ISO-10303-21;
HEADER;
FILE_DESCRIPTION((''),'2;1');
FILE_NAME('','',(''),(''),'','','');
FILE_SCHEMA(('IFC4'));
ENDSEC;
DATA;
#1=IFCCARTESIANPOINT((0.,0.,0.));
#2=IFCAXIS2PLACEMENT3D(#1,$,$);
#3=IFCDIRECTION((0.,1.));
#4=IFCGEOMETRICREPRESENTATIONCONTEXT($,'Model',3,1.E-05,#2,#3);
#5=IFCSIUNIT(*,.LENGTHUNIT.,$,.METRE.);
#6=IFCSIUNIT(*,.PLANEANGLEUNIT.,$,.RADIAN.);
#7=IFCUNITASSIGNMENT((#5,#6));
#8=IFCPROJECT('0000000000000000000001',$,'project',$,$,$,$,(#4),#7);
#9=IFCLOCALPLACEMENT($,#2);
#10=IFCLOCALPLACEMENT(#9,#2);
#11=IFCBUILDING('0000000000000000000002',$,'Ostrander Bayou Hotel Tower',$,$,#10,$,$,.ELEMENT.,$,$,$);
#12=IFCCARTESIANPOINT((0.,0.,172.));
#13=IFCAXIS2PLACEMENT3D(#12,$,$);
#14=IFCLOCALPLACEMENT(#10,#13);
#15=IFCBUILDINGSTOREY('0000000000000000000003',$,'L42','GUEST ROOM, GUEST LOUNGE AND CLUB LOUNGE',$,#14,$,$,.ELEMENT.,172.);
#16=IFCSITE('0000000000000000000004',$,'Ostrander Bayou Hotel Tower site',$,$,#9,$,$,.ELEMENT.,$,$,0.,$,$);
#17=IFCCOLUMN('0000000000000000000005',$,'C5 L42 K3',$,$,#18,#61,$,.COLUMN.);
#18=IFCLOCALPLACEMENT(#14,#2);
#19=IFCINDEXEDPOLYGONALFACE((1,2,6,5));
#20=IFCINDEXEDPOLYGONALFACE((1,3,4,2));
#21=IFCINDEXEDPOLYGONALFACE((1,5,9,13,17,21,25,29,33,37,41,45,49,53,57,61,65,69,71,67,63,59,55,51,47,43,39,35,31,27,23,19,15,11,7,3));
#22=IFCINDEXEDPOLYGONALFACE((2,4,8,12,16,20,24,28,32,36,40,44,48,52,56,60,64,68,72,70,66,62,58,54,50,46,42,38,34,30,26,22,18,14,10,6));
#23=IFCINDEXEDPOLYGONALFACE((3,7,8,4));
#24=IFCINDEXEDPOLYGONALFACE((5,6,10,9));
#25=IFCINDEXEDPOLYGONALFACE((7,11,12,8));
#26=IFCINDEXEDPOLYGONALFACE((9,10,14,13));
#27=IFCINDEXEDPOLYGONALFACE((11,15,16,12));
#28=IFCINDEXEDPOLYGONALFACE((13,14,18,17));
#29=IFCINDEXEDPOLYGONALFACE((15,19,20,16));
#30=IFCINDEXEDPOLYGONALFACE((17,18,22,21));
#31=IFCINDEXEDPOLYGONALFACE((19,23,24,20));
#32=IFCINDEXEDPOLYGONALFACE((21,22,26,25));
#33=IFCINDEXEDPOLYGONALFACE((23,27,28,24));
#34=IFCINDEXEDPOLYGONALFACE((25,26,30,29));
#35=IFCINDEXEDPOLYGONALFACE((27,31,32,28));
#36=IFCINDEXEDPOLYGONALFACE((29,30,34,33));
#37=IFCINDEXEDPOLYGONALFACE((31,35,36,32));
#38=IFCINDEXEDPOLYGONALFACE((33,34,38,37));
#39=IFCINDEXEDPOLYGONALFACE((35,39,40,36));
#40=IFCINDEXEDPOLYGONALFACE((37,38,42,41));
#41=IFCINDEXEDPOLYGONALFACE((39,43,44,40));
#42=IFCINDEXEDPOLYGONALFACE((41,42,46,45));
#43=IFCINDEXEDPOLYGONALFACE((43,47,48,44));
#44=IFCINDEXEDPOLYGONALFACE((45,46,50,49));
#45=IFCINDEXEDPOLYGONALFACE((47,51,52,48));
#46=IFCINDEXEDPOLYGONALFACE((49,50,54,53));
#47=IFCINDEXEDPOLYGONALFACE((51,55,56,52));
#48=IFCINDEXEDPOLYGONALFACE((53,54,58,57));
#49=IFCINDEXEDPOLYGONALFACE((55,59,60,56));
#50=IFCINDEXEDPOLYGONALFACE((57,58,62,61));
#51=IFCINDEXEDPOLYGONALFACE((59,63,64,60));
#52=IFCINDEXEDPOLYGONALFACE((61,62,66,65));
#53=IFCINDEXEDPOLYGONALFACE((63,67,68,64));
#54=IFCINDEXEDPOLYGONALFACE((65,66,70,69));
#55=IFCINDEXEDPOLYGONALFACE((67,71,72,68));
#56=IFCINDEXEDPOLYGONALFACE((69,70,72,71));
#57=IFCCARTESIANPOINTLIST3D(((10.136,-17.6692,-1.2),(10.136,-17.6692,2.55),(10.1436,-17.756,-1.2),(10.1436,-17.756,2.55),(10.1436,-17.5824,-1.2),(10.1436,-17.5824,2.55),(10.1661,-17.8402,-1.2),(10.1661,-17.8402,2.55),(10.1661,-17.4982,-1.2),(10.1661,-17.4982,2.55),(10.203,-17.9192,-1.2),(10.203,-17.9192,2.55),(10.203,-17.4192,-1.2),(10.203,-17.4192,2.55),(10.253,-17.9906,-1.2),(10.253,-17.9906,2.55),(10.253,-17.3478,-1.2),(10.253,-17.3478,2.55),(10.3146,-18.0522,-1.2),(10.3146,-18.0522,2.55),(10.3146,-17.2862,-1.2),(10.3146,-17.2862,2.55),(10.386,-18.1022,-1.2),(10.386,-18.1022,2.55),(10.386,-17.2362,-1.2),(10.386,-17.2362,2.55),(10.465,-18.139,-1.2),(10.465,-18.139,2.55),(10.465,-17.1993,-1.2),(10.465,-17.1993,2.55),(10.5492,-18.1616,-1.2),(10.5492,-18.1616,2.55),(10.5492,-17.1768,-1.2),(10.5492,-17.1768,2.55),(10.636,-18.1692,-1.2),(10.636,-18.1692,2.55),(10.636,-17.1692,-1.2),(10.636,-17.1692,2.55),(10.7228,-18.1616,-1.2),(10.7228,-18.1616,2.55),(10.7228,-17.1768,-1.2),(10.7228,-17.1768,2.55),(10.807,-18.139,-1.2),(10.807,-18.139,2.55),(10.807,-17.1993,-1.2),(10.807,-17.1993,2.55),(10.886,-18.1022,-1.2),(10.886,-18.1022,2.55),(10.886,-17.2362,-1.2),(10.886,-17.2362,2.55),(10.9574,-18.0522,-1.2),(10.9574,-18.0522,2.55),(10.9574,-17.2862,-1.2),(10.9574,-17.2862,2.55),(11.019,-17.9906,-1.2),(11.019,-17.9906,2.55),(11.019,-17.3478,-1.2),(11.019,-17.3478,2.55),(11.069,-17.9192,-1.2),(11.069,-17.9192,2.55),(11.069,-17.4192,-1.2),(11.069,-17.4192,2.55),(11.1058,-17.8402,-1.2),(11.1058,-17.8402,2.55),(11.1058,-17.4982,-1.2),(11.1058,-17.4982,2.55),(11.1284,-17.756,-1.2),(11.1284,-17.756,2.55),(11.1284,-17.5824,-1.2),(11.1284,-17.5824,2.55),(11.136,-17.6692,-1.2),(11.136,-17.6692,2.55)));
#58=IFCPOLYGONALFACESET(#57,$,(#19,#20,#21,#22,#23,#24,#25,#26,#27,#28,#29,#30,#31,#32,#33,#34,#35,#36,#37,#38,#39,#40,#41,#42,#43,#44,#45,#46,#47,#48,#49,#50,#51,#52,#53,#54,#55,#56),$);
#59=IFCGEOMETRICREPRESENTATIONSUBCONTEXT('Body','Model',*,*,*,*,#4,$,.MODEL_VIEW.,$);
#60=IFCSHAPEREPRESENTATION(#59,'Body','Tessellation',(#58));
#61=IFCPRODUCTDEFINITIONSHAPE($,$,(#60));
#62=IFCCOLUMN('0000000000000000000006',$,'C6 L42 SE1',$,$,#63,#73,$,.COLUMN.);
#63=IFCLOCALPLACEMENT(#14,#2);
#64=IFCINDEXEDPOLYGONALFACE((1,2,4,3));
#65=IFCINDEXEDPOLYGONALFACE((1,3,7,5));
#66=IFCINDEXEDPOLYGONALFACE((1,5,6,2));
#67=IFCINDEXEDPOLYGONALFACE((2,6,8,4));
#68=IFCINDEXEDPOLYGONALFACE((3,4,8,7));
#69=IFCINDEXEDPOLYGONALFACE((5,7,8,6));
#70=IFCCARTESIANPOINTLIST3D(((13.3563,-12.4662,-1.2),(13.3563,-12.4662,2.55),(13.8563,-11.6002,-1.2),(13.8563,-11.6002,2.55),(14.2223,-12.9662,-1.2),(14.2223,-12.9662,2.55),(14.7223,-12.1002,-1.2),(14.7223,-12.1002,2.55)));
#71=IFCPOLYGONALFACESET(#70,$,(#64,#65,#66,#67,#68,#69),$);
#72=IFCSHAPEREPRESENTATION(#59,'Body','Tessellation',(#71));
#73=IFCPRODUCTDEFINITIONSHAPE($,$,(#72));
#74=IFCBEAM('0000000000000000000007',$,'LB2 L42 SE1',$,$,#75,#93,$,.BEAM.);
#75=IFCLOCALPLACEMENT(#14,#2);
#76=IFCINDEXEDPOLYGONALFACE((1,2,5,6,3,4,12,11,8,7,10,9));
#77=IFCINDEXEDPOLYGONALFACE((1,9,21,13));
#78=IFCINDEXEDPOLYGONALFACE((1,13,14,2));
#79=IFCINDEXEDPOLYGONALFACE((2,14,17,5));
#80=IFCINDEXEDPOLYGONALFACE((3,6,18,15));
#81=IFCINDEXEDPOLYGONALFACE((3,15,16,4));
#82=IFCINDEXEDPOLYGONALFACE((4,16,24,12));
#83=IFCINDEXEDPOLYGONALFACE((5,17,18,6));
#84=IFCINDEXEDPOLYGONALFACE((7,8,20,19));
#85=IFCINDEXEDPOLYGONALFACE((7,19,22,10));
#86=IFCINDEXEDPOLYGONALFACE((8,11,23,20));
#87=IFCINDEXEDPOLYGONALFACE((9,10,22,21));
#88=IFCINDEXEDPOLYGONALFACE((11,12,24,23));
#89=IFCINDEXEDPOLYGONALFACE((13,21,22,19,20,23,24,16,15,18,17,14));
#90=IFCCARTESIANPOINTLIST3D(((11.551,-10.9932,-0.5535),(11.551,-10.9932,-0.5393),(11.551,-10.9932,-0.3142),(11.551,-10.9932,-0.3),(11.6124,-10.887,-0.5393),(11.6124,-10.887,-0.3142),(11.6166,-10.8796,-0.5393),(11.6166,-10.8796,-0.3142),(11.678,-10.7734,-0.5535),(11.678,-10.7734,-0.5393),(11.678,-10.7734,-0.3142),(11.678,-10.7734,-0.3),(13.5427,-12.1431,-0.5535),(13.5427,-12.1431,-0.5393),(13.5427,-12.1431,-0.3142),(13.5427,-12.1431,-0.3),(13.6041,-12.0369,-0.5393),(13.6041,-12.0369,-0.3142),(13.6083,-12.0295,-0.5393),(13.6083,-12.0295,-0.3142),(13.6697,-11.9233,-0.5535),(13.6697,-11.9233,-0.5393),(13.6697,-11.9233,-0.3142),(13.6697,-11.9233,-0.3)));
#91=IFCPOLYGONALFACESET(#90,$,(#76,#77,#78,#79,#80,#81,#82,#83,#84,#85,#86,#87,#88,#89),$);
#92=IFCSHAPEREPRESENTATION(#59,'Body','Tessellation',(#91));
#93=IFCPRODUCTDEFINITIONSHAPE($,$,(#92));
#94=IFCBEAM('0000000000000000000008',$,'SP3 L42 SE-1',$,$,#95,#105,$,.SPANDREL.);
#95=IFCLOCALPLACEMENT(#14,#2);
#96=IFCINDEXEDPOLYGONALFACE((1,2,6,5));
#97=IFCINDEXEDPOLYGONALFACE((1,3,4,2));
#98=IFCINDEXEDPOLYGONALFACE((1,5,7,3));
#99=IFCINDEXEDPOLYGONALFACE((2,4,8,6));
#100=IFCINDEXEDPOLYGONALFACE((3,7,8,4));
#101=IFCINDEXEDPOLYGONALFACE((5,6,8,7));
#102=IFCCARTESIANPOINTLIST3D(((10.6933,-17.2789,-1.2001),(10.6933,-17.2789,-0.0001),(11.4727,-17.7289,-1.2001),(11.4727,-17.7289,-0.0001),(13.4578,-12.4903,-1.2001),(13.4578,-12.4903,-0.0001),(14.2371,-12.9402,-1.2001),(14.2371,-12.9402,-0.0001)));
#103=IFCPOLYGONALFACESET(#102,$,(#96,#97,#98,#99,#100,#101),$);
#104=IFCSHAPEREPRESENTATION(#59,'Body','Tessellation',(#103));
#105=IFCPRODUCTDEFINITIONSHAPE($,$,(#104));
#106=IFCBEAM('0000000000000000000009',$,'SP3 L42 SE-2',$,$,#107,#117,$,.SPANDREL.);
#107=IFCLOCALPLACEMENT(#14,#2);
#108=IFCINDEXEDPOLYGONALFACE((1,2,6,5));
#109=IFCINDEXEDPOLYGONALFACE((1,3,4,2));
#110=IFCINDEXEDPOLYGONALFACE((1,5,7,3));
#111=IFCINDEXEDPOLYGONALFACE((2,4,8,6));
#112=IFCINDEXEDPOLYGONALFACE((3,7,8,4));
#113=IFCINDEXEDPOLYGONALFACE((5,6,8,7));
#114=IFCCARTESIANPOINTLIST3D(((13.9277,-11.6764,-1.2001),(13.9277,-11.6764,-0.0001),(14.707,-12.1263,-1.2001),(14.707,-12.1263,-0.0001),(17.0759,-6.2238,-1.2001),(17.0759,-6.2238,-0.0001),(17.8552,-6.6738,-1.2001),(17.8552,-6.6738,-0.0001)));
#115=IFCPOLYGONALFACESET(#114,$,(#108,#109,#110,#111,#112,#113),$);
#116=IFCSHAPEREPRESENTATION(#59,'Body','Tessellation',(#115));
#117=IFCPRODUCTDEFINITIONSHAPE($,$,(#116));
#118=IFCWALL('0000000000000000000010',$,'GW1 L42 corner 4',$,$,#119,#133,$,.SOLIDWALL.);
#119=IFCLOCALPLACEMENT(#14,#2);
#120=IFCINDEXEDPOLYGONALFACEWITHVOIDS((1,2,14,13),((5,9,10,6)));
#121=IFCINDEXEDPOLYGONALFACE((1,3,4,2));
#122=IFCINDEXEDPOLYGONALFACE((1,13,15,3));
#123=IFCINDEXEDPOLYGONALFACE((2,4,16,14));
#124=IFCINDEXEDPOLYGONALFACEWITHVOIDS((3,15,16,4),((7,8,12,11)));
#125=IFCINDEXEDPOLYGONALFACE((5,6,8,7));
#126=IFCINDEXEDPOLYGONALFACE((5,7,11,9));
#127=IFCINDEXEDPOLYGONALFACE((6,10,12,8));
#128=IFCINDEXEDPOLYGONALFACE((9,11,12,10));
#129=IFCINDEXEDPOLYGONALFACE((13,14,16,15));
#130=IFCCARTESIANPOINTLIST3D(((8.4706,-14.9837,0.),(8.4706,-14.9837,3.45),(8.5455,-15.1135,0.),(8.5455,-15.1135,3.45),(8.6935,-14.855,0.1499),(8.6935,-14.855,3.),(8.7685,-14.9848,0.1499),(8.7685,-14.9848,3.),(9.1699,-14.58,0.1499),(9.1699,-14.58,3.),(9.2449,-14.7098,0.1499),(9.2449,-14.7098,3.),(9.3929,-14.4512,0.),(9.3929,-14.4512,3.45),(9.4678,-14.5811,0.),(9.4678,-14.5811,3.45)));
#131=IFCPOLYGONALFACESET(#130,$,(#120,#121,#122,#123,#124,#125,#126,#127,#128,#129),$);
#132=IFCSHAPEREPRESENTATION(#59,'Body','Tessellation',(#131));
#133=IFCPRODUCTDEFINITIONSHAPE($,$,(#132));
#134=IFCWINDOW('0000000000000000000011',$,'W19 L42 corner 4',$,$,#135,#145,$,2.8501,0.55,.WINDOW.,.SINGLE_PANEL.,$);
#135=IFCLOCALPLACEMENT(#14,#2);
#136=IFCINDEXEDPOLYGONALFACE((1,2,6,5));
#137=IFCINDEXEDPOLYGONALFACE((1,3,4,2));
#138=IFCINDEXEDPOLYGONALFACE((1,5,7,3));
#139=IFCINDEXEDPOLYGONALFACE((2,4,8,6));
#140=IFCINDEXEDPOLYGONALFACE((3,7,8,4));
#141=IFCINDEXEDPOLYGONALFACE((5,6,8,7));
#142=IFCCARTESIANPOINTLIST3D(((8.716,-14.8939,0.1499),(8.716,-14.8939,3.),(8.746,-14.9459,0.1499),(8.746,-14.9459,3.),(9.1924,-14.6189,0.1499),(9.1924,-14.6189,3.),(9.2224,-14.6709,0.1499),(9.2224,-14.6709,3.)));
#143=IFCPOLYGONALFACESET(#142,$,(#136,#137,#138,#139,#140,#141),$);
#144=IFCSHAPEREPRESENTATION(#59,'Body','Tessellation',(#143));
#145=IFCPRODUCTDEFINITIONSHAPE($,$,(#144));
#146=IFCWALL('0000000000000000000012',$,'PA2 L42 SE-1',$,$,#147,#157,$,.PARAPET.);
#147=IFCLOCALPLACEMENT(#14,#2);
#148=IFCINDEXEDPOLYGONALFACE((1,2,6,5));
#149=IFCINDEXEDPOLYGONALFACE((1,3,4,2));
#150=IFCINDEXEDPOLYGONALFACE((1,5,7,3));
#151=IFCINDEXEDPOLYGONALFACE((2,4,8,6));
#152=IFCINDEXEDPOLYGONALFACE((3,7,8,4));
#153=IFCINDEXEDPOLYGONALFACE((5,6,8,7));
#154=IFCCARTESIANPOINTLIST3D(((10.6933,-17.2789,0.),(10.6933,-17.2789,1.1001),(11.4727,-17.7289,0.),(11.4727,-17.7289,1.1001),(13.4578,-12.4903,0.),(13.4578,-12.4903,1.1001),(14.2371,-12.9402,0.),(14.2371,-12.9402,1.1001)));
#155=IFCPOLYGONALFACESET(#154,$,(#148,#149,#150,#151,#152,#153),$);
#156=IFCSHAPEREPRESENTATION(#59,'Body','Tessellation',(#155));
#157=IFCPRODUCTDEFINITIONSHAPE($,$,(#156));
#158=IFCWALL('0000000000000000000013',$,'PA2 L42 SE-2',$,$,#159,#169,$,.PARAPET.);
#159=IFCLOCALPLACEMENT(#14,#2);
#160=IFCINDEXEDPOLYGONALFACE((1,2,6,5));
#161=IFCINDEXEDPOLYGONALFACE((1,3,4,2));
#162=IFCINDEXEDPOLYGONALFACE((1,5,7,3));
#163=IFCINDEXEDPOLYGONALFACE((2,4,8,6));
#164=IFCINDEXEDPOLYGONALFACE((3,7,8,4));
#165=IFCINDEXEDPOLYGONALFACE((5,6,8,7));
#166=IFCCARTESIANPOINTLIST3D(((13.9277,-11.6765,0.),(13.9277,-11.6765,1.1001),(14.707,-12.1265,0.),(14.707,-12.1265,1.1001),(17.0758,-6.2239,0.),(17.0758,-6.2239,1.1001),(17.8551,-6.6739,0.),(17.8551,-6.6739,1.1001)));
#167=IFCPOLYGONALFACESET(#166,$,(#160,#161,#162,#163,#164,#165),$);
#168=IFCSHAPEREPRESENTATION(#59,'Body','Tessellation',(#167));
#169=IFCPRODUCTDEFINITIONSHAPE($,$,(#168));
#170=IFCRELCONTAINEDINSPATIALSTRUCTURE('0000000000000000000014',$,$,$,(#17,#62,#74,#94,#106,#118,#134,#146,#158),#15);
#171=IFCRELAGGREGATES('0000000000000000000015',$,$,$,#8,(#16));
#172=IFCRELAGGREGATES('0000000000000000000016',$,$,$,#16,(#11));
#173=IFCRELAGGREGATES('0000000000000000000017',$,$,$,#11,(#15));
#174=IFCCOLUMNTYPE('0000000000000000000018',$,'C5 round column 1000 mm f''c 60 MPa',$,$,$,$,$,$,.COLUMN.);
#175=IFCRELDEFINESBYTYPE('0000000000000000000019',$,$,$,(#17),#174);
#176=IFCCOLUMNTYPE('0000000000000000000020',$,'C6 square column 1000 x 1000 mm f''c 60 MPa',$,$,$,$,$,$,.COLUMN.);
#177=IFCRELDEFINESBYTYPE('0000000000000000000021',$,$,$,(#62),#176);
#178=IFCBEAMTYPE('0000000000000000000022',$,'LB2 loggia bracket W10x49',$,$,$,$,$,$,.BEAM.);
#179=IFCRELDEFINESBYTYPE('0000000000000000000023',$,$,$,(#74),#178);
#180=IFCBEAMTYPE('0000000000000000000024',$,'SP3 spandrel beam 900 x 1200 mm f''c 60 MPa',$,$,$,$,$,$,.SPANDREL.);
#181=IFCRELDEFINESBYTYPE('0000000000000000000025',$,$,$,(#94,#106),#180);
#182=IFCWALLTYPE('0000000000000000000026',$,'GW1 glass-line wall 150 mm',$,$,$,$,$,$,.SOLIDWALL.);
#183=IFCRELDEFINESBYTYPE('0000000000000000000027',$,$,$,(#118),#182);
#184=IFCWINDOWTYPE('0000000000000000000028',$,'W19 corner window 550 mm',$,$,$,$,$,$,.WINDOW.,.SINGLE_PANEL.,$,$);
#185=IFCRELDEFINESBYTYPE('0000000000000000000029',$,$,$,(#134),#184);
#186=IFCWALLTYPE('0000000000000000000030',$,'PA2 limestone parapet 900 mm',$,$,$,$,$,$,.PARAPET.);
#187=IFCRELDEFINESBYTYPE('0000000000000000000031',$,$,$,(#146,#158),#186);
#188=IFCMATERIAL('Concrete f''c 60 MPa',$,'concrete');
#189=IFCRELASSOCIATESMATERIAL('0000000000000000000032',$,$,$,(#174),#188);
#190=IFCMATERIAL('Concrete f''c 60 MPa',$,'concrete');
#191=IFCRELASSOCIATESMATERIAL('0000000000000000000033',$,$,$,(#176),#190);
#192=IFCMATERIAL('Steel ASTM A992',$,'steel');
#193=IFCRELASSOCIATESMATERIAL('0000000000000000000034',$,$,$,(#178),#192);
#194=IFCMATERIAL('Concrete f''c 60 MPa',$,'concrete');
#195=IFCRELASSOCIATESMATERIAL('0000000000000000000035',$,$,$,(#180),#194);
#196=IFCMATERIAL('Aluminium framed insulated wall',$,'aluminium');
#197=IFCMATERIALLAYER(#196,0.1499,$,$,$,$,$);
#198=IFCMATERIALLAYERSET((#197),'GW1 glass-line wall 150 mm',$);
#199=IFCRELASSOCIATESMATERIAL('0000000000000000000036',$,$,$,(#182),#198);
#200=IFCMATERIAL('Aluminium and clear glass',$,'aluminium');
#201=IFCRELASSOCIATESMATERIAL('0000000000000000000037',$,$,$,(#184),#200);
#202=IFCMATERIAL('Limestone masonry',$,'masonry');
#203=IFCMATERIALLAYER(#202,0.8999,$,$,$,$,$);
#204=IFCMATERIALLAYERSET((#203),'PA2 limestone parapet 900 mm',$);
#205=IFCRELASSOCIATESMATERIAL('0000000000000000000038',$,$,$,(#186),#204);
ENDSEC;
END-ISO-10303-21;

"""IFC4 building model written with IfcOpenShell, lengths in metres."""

from ifc_helpers import new_model, si_unit, direction, frame, frame_2d, origin, origin_2d, place, context, subcontext, project, spatial, rectangle, circle, i_section, extrude, material, layer, layer_set, material_profile, profile_set, type_object, element, fill, save


model = new_model("IFC4")

# Units and contexts
model_context = context("Model", 3, precision=1e-05, world=origin(), true_north=direction((0.0, 1.0)))
body_context = subcontext(model_context, "Body", "Model", "MODEL_VIEW")
ifc_project = project(units=[si_unit("LENGTHUNIT", "METRE"), si_unit("PLANEANGLEUNIT", "RADIAN")], contexts=[model_context])

# Site, building, storey
site_placement = place(None, origin())
site = spatial("IfcSite", under=ifc_project, at=site_placement, Name="Ostrander Bayou Hotel Tower site", CompositionType="ELEMENT", RefElevation=0.0)
building_placement = place(site_placement, origin())
building = spatial("IfcBuilding", under=site, at=building_placement, Name="Ostrander Bayou Hotel Tower", CompositionType="ELEMENT")
storey_placement = place(building_placement, frame((0.0, 0.0, 172.0)))
storey = spatial("IfcBuildingStorey", under=building, at=storey_placement, Name="L42", Description="GUEST ROOM, GUEST LOUNGE AND CLUB LOUNGE", CompositionType="ELEMENT", Elevation=172.0)

# Columns
ifc_material_1 = material(Name="Concrete f'c 60 MPa", Category="concrete")
ifc_material_profile_1 = material_profile(ifc_material_1, circle(Radius=0.5, at=origin_2d()))
ifc_profile_set_1 = profile_set([ifc_material_profile_1], Name="Concrete f'c 60 MPa")
column_type_1 = type_object("IfcColumnType", Name="C5 round column 1000 mm f'c 60 MPa", PredefinedType="COLUMN", material=ifc_profile_set_1)
column_1_placement = place(storey_placement, frame((10.636, -17.6692, -1.2), z_axis=(0.0, 0.0, 1.0), x_axis=(1.0, 0.0, 0.0)))
element("IfcColumn", 1, at=column_1_placement, inside=storey, type_object=column_type_1, Name="C5 L42 K3", PredefinedType="COLUMN", context=body_context, shape_type="SweptSolid", body=[
    extrude(circle(Radius=0.5, at=origin_2d()), origin(), (0.0, 0.0, 1.0), 3.75),
])
ifc_material_2 = material(Name="Concrete f'c 60 MPa", Category="concrete")
ifc_material_profile_2 = material_profile(ifc_material_2, rectangle(XDim=1.0, YDim=1.0, at=origin_2d()))
ifc_profile_set_2 = profile_set([ifc_material_profile_2], Name="Concrete f'c 60 MPa")
column_type_2 = type_object("IfcColumnType", Name="C6 square column 1000 x 1000 mm f'c 60 MPa", PredefinedType="COLUMN", material=ifc_profile_set_2)
column_2_placement = place(storey_placement, frame((14.0393, -12.2832, -1.2), z_axis=(0.0, 0.0, 1.0), x_axis=(-0.5, -0.866025, 0.0)))
element("IfcColumn", 2, at=column_2_placement, inside=storey, type_object=column_type_2, Name="C6 L42 SE1", PredefinedType="COLUMN", context=body_context, shape_type="SweptSolid", body=[
    extrude(rectangle(XDim=1.0, YDim=1.0, at=origin_2d()), origin(), (0.0, 0.0, 1.0), 3.75),
])

# Beams
ifc_material_3 = material(Name="Steel ASTM A992", Category="steel")
ifc_material_profile_3 = material_profile(ifc_material_3, i_section(OverallWidth=0.2539, OverallDepth=0.2534, WebThickness=0.0085, FlangeThickness=0.0142, at=origin_2d()))
ifc_profile_set_3 = profile_set([ifc_material_profile_3], Name="Steel ASTM A992")
beam_type_1 = type_object("IfcBeamType", Name="LB2 loggia bracket W10x49", PredefinedType="BEAM", material=ifc_profile_set_3)
beam_1_placement = place(storey_placement, frame((13.6062, -12.0332, -0.4268), z_axis=(-0.866026, 0.499998, 0.0), x_axis=(-0.499998, -0.866026, 0.0)))
element("IfcBeam", 3, at=beam_1_placement, inside=storey, type_object=beam_type_1, Name="LB2 L42 SE1", PredefinedType="BEAM", context=body_context, shape_type="SweptSolid", body=[
    extrude(i_section(OverallWidth=0.2539, OverallDepth=0.2534, WebThickness=0.0085, FlangeThickness=0.0142, at=origin_2d()), origin(), (0.0, 0.0, 1.0), 2.2998),
])
ifc_material_4 = material(Name="Concrete f'c 60 MPa", Category="concrete")
ifc_material_profile_4 = material_profile(ifc_material_4, rectangle(XDim=0.8999, YDim=1.2, at=origin_2d()))
ifc_profile_set_4 = profile_set([ifc_material_profile_4], Name="Concrete f'c 60 MPa")
beam_type_2 = type_object("IfcBeamType", Name="SP3 spandrel beam 900 x 1200 mm f'c 60 MPa", PredefinedType="SPANDREL", material=ifc_profile_set_4)
beam_2_placement = place(storey_placement, frame((11.083, -17.5039, -0.6001), z_axis=(0.499962, 0.866047, 0.0), x_axis=(-0.866047, 0.499962, 0.0)))
element("IfcBeam", 4, at=beam_2_placement, inside=storey, type_object=beam_type_2, Name="SP3 L42 SE-1", PredefinedType="SPANDREL", context=body_context, shape_type="SweptSolid", body=[
    extrude(rectangle(XDim=0.8999, YDim=1.2, at=origin_2d()), origin(), (0.0, 0.0, 1.0), 5.5293),
])
beam_3_placement = place(storey_placement, frame((14.3174, -11.9014, -0.6001), z_axis=(0.500013, 0.866018, 0.0), x_axis=(-0.866018, 0.500013, 0.0)))
element("IfcBeam", 5, at=beam_3_placement, inside=storey, type_object=beam_type_2, Name="SP3 L42 SE-2", PredefinedType="SPANDREL", context=body_context, shape_type="SweptSolid", body=[
    extrude(rectangle(XDim=0.8999, YDim=1.2, at=origin_2d()), origin(), (0.0, 0.0, 1.0), 6.2961),
])

# Shared definitions
ifc_material_5 = material(Name="Aluminium framed insulated wall", Category="aluminium")
ifc_layer_1 = layer(ifc_material_5, 0.1499)
ifc_layer_set_1 = layer_set([ifc_layer_1], Name="GW1 glass-line wall 150 mm")
wall_type_1 = type_object("IfcWallType", Name="GW1 glass-line wall 150 mm", PredefinedType="SOLIDWALL", material=ifc_layer_set_1)

# Wall, opening, window
wall_1_placement = place(storey_placement, frame((8.5081, -15.0486, 0.0), z_axis=(0.0, 0.0, 1.0), x_axis=(0.866048, 0.499961, 0.0)))
wall_1 = element("IfcWall", 6, at=wall_1_placement, inside=storey, type_object=wall_type_1, Name="GW1 L42 corner 4", PredefinedType="SOLIDWALL", context=body_context, shape_type="SweptSolid", body=[
    extrude(rectangle(XDim=1.0649, YDim=0.1499, at=frame_2d((0.5325, 0.0))), origin(), (0.0, 0.0, 1.0), 3.45),
])
opening_1_placement = place(wall_1_placement, frame((0.2576, 0.0, 0.1499)))
opening_1 = element("IfcOpeningElement", 7, at=opening_1_placement, cuts=wall_1, PredefinedType="OPENING", context=body_context, shape_type="SweptSolid", body=[
    extrude(rectangle(XDim=0.55, YDim=2.8501, at=frame_2d((0.2749, 1.425))), frame((0.0, 0.075, 0.0), z_axis=(0.0, -1.0, 0.0), x_axis=(1.0, 0.0, 0.0)), (0.0, 0.0, 1.0), 0.1499),
])
ifc_material_6 = material(Name="Aluminium and clear glass", Category="aluminium")
window_type_1 = type_object("IfcWindowType", Name="W19 corner window 550 mm", PartitioningType="SINGLE_PANEL", PredefinedType="WINDOW", material=ifc_material_6)
window_1_placement = place(opening_1_placement, origin())
window_1 = element("IfcWindow", 8, at=window_1_placement, inside=storey, type_object=window_type_1, Name="W19 L42 corner 4", OverallHeight=2.8501, OverallWidth=0.55, PartitioningType="SINGLE_PANEL", PredefinedType="WINDOW", context=body_context, shape_type="SweptSolid", body=[
    extrude(rectangle(XDim=0.55, YDim=2.8501, at=frame_2d((0.2749, 1.425))), frame((0.0, 0.03, 0.0), z_axis=(0.0, -1.0, 0.0), x_axis=(1.0, 0.0, 0.0)), (0.0, 0.0, 1.0), 0.0601),
])
fill(opening_1, window_1)

# Walls
ifc_material_7 = material(Name="Limestone masonry", Category="masonry")
ifc_layer_2 = layer(ifc_material_7, 0.8999)
ifc_layer_set_2 = layer_set([ifc_layer_2], Name="PA2 limestone parapet 900 mm")
wall_type_2 = type_object("IfcWallType", Name="PA2 limestone parapet 900 mm", PredefinedType="PARAPET", material=ifc_layer_set_2)
wall_2_placement = place(storey_placement, frame((11.083, -17.5039, 0.0), z_axis=(0.0, 0.0, 1.0), x_axis=(0.499962, 0.866047, 0.0)))
element("IfcWall", 9, at=wall_2_placement, inside=storey, type_object=wall_type_2, Name="PA2 L42 SE-1", PredefinedType="PARAPET", context=body_context, shape_type="SweptSolid", body=[
    extrude(rectangle(XDim=5.5293, YDim=0.8999, at=frame_2d((2.7646, 0.0))), origin(), (0.0, 0.0, 1.0), 1.1001),
])
wall_3_placement = place(storey_placement, frame((14.3174, -11.9014, 0.0), z_axis=(0.0, 0.0, 1.0), x_axis=(0.500013, 0.866018, 0.0)))
element("IfcWall", 10, at=wall_3_placement, inside=storey, type_object=wall_type_2, Name="PA2 L42 SE-2", PredefinedType="PARAPET", context=body_context, shape_type="SweptSolid", body=[
    extrude(rectangle(XDim=6.2961, YDim=0.8999, at=frame_2d((3.1479, 0.0))), origin(), (0.0, 0.0, 1.0), 1.1001),
])

save(model, "model.ifc")
